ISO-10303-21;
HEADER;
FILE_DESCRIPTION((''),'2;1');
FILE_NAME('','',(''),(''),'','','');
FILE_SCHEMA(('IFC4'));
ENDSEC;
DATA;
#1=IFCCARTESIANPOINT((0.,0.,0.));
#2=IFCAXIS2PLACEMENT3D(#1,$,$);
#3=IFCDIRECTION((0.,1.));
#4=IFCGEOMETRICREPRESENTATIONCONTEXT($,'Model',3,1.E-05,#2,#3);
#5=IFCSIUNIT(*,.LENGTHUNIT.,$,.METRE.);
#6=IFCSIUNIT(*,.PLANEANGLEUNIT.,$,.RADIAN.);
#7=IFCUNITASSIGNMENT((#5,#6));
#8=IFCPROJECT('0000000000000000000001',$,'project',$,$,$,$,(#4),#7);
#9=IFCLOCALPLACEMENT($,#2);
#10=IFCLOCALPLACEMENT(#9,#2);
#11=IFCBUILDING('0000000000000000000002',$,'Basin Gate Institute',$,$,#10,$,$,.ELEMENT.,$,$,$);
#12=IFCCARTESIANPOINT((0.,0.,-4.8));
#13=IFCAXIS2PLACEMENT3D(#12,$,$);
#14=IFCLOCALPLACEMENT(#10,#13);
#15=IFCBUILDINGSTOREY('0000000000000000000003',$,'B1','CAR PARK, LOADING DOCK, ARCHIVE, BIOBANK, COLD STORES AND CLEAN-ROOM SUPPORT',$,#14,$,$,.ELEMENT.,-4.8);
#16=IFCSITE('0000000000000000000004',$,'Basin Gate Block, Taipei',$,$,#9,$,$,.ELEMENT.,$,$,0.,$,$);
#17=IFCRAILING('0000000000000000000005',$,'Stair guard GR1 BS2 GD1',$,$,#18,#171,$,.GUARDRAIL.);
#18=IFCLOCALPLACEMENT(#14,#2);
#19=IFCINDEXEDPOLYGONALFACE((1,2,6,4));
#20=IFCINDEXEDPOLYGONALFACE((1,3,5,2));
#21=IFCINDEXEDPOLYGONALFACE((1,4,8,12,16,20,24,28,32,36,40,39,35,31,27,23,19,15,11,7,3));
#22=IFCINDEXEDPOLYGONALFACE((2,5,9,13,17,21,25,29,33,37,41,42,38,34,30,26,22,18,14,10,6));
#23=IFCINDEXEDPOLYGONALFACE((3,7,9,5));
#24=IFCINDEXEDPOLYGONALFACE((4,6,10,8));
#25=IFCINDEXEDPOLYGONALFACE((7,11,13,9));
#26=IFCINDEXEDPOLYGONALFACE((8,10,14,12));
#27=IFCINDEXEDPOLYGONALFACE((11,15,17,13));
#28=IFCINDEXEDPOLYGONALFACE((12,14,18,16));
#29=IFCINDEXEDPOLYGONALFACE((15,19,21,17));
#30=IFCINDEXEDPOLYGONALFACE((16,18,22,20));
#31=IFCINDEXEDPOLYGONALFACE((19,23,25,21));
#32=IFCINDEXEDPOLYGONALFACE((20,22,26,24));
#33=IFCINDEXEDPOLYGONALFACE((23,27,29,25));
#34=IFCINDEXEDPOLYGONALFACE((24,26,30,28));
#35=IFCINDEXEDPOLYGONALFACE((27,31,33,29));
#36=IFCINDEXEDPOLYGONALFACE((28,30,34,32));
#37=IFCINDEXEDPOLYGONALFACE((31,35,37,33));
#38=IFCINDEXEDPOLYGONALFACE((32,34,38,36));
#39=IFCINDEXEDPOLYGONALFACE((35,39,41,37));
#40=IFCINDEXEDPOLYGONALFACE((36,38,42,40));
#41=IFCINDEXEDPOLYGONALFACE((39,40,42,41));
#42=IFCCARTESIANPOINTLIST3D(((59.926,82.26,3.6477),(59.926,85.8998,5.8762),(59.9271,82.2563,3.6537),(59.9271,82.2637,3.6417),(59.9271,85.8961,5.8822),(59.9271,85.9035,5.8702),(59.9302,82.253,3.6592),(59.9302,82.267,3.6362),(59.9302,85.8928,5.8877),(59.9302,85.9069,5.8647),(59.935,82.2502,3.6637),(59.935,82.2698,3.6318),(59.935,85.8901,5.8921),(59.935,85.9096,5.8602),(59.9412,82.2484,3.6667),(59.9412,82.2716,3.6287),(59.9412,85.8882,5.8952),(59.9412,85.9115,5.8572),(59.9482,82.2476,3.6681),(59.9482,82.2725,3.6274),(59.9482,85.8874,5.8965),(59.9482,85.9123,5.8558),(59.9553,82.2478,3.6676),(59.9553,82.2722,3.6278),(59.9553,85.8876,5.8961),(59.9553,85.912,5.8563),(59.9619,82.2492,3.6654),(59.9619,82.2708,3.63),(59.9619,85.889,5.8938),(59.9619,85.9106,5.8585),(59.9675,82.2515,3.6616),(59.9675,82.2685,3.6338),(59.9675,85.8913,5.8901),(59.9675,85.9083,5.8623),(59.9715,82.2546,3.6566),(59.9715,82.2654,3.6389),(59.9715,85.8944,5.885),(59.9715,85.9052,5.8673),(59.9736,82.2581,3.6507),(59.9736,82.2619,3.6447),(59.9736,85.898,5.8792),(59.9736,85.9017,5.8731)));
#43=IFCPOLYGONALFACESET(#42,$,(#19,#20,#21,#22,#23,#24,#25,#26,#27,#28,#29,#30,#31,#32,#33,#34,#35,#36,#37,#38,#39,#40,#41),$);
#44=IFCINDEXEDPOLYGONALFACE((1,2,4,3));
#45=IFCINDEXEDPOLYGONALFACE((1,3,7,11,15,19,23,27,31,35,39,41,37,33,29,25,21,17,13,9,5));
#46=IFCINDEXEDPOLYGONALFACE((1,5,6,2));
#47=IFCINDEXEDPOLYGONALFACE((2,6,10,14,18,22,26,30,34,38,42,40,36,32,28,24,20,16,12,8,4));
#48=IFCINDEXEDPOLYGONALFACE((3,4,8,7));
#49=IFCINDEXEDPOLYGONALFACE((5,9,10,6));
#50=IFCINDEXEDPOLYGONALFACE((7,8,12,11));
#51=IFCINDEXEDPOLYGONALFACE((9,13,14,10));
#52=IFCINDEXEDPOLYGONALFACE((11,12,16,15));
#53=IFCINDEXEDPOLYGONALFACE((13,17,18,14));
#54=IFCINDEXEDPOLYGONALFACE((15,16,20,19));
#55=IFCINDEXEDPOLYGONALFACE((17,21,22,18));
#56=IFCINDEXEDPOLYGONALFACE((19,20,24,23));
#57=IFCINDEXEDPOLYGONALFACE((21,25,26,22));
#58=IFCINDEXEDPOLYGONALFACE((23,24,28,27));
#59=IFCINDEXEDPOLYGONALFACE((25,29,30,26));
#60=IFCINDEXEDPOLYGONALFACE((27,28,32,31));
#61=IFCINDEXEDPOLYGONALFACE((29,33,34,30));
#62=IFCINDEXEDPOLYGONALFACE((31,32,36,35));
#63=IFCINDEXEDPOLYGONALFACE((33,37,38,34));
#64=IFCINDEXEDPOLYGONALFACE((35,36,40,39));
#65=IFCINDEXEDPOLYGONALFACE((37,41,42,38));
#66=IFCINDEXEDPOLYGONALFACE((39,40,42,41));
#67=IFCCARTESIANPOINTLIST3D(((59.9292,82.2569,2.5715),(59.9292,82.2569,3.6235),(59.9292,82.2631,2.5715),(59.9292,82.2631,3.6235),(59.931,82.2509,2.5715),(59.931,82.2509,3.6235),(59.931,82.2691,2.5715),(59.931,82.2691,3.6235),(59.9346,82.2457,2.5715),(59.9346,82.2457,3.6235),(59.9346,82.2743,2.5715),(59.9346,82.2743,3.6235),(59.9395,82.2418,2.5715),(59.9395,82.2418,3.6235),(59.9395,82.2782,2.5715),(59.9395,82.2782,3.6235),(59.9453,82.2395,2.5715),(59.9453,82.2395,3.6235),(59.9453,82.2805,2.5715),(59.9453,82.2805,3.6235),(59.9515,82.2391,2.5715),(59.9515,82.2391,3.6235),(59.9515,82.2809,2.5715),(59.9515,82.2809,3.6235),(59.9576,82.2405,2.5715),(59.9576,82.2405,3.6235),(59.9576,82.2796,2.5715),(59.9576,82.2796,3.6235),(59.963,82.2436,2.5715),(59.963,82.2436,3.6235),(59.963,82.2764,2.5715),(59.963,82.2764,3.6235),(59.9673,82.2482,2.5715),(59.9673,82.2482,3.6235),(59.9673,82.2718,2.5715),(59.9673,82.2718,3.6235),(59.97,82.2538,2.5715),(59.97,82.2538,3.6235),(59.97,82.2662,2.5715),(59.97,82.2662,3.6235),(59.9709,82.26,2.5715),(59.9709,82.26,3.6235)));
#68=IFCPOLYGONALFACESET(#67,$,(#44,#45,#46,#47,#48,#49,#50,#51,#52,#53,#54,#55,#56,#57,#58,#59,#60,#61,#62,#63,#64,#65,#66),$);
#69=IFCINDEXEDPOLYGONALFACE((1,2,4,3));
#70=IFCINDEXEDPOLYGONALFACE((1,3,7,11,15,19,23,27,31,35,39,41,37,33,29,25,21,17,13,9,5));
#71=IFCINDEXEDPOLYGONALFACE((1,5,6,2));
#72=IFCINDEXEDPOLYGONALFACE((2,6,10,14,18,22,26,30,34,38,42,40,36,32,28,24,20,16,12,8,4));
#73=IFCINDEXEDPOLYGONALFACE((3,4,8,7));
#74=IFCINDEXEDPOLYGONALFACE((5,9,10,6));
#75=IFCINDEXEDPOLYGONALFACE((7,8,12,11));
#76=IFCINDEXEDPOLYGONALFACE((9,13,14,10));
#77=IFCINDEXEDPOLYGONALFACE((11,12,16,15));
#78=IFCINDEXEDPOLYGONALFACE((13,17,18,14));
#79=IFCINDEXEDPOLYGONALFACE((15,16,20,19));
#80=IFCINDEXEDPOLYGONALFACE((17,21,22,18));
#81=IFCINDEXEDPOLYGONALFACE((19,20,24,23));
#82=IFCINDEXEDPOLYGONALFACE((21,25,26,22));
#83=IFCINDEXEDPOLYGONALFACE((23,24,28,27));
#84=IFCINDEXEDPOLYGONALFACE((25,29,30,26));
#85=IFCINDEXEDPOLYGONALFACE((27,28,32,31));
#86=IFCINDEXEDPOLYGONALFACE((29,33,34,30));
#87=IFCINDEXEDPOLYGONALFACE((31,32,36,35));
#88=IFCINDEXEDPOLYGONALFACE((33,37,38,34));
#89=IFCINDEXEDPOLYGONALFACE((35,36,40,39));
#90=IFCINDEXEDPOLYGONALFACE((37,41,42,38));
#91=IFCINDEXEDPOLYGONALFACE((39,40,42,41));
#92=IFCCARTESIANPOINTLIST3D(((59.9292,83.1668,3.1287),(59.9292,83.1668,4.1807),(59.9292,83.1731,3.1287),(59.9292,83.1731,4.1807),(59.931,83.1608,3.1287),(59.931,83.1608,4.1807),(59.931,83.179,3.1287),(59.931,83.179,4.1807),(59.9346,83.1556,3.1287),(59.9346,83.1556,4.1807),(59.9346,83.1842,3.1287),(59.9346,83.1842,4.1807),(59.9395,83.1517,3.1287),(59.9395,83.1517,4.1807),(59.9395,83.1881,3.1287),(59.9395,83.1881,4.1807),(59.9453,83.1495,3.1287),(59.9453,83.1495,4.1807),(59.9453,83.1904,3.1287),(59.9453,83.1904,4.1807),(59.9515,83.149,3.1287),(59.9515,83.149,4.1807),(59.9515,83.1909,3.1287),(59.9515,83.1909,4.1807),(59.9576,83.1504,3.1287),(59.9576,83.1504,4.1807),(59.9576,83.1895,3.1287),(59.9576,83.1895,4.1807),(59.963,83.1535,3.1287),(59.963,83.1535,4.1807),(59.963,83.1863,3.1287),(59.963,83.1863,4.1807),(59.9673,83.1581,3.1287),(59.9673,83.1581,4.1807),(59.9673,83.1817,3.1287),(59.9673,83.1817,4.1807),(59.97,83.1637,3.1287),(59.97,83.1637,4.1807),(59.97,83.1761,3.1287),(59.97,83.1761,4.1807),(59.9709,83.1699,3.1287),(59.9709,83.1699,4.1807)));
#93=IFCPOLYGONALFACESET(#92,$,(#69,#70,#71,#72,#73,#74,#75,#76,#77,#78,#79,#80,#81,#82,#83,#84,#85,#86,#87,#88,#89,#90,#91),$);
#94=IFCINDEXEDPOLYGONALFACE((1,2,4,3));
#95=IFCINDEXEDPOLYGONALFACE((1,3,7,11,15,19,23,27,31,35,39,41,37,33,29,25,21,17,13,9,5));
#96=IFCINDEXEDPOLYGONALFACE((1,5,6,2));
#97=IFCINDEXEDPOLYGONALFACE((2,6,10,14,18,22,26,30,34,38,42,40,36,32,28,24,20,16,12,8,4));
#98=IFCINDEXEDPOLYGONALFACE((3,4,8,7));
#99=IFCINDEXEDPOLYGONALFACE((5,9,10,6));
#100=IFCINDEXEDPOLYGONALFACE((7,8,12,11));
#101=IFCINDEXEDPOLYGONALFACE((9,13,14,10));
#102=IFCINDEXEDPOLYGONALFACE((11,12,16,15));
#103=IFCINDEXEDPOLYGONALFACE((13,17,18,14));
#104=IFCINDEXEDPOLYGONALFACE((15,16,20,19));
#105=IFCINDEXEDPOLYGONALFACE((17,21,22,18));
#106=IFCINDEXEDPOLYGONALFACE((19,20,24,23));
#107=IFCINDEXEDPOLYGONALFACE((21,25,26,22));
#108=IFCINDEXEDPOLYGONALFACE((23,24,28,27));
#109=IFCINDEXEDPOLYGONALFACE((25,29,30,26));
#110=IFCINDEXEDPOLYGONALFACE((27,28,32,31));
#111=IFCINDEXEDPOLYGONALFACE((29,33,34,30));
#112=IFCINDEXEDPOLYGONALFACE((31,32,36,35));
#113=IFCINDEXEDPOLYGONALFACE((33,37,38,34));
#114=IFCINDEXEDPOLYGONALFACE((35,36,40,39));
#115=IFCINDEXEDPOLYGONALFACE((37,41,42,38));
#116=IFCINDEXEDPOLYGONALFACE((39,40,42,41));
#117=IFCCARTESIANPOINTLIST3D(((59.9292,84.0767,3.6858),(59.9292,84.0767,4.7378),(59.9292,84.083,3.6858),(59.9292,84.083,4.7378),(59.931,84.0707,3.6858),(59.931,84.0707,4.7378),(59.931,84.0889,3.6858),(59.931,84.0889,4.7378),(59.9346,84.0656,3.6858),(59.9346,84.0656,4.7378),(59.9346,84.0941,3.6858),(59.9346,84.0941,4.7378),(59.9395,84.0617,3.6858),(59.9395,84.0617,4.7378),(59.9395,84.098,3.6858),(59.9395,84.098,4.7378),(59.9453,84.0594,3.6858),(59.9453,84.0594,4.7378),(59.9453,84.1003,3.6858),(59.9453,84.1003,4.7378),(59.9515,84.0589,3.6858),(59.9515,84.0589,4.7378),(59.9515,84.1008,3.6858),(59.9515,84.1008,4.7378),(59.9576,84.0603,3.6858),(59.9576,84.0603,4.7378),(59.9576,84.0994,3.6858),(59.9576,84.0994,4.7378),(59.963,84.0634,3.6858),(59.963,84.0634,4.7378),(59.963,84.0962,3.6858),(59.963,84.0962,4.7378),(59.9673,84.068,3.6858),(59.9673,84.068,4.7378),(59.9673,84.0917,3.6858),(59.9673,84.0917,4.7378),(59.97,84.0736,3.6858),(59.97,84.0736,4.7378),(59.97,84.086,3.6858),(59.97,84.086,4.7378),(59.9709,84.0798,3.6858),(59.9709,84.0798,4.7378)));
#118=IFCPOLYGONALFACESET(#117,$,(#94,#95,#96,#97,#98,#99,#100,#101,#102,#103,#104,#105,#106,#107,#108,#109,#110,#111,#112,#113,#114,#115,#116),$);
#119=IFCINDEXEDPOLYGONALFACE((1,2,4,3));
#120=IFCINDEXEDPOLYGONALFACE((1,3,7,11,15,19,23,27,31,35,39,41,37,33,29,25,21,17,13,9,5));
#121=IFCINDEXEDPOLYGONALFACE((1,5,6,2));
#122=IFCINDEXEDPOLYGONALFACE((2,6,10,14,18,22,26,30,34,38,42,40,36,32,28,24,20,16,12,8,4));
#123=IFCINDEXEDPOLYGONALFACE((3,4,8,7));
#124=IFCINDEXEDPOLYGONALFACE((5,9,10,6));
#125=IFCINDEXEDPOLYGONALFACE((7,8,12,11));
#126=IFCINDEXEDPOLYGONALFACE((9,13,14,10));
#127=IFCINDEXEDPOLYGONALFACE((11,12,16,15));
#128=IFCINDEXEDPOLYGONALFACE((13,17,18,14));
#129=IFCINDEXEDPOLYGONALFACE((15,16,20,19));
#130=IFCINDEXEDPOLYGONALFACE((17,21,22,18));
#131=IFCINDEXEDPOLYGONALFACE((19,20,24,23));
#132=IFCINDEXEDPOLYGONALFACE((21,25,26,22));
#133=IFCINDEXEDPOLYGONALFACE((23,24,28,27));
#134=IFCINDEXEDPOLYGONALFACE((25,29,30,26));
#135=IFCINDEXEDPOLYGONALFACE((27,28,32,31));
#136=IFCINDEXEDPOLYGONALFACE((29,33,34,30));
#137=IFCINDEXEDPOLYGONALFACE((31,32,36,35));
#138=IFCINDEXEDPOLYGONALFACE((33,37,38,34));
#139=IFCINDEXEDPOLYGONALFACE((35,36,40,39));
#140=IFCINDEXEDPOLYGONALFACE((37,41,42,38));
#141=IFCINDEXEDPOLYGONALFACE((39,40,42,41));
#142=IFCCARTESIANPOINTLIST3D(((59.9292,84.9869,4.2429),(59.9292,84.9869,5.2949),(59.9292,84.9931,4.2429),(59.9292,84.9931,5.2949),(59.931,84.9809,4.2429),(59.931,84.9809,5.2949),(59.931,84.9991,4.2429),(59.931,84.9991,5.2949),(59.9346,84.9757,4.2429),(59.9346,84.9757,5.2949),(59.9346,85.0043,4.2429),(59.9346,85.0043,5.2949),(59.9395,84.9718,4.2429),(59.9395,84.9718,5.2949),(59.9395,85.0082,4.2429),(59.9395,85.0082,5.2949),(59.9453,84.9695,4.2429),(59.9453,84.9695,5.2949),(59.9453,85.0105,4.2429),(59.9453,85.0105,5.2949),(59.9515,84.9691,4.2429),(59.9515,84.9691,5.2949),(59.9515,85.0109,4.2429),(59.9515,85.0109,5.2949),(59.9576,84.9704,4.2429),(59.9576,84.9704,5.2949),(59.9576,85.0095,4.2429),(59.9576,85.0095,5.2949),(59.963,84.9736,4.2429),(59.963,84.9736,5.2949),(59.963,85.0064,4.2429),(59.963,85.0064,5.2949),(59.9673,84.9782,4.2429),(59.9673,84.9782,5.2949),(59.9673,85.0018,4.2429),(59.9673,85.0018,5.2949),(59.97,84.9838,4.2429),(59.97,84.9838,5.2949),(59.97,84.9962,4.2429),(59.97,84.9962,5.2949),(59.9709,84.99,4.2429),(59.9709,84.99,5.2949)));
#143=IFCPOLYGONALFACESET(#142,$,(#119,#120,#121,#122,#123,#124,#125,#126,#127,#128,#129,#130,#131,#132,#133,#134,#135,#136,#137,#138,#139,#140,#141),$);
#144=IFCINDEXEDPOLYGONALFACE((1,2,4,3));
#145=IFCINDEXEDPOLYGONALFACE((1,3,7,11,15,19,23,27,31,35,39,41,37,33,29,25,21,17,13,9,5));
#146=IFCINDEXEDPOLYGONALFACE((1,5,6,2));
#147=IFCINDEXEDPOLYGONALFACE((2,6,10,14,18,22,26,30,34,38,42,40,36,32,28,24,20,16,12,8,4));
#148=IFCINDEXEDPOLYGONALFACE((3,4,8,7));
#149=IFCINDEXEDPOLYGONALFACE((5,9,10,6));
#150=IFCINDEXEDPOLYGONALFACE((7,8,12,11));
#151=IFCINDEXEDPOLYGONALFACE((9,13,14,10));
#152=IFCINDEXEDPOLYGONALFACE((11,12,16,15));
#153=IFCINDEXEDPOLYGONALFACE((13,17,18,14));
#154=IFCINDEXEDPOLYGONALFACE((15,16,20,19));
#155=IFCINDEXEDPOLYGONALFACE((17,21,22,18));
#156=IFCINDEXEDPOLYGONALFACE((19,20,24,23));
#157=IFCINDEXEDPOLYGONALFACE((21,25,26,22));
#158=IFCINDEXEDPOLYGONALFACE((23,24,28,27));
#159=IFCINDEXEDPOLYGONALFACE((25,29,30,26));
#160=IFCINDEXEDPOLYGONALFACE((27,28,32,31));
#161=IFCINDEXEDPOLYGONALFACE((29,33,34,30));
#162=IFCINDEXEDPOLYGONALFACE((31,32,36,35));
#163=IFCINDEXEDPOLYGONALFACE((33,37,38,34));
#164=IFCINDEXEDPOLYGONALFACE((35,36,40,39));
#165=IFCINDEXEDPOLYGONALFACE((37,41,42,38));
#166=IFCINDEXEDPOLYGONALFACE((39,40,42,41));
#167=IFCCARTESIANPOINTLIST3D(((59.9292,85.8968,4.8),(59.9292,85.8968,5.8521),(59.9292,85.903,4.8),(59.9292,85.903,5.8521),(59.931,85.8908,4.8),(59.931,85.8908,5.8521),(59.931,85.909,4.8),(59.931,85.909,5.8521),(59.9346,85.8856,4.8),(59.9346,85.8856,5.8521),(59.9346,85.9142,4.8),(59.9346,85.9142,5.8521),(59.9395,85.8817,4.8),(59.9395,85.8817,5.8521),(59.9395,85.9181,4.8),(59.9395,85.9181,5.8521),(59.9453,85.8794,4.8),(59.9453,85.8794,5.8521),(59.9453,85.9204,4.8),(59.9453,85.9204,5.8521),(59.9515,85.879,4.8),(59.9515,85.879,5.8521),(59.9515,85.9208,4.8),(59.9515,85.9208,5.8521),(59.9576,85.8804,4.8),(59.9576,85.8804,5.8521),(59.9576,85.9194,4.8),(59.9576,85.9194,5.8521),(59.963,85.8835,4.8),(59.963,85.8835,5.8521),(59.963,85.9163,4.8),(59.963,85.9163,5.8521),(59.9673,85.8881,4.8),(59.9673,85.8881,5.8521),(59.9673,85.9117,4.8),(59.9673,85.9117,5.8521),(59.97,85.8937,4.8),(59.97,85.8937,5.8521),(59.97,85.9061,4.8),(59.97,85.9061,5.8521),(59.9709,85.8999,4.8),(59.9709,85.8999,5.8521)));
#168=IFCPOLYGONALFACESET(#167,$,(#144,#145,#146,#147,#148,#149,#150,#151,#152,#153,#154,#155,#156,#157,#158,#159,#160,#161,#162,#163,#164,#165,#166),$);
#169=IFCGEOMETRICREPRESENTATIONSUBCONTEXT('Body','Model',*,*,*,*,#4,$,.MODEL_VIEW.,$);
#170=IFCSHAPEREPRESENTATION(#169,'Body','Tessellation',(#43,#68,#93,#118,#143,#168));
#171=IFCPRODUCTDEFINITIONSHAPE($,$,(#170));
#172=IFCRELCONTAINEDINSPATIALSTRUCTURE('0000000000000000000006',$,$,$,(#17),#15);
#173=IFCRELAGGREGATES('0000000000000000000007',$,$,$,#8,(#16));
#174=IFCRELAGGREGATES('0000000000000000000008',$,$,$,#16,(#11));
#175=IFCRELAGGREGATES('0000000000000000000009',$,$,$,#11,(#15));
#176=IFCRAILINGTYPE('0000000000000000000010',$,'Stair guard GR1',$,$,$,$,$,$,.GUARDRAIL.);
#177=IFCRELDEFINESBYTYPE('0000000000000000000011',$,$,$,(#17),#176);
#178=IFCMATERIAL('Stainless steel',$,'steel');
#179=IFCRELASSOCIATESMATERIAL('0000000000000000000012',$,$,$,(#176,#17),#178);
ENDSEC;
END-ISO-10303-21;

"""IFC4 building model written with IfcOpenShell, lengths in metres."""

from ifc_helpers import new_model, si_unit, direction, frame, origin, origin_2d, place, context, subcontext, project, spatial, circle, extrude, material, type_object, element, save


model = new_model("IFC4")

# Units and contexts
model_context = context("Model", 3, precision=1e-05, world=origin(), true_north=direction((0.0, 1.0)))
body_context = subcontext(model_context, "Body", "Model", "MODEL_VIEW")
ifc_project = project(units=[si_unit("LENGTHUNIT", "METRE"), si_unit("PLANEANGLEUNIT", "RADIAN")], contexts=[model_context])

# Site, building, storey
site_placement = place(None, origin())
site = spatial("IfcSite", under=ifc_project, at=site_placement, Name="Basin Gate Block, Taipei", CompositionType="ELEMENT", RefElevation=0.0)
building_placement = place(site_placement, origin())
building = spatial("IfcBuilding", under=site, at=building_placement, Name="Basin Gate Institute", CompositionType="ELEMENT")
storey_placement = place(building_placement, frame((0.0, 0.0, -4.8)))
storey = spatial("IfcBuildingStorey", under=building, at=storey_placement, Name="B1", Description="CAR PARK, LOADING DOCK, ARCHIVE, BIOBANK, COLD STORES AND CLEAN-ROOM SUPPORT", CompositionType="ELEMENT", Elevation=-4.8)

# Railing
ifc_material_1 = material(Name="Stainless steel", Category="steel")
railing_type_1 = type_object("IfcRailingType", Name="Stair guard GR1", PredefinedType="GUARDRAIL", material=ifc_material_1)
railing_1_placement = place(storey_placement, frame((59.95, 82.26, 2.5715)))
element("IfcRailing", 1, at=railing_1_placement, inside=storey, type_object=railing_type_1, material=ifc_material_1, Name="Stair guard GR1 BS2 GD1", PredefinedType="GUARDRAIL", context=body_context, shape_type="SweptSolid", body=[
    extrude(circle(Radius=0.0239, at=origin_2d()), frame((0.0, 0.0, 1.0762), z_axis=(0.0, 0.85285, 0.522156), x_axis=(-1.0, 0.0, 0.0)), (0.0, 0.0, 1.0), 4.2678),
    extrude(circle(Radius=0.021, at=origin_2d()), origin(), (0.0, 0.0, 1.0), 1.052),
    extrude(circle(Radius=0.021, at=origin_2d()), frame((0.0, 0.9099, 0.5571)), (0.0, 0.0, 1.0), 1.052),
    extrude(circle(Radius=0.021, at=origin_2d()), frame((0.0, 1.8198, 1.1143)), (0.0, 0.0, 1.0), 1.052),
    extrude(circle(Radius=0.021, at=origin_2d()), frame((0.0, 2.73, 1.6714)), (0.0, 0.0, 1.0), 1.052),
    extrude(circle(Radius=0.021, at=origin_2d()), frame((0.0, 3.6399, 2.2285)), (0.0, 0.0, 1.0), 1.052),
])

save(model, "model.ifc")
